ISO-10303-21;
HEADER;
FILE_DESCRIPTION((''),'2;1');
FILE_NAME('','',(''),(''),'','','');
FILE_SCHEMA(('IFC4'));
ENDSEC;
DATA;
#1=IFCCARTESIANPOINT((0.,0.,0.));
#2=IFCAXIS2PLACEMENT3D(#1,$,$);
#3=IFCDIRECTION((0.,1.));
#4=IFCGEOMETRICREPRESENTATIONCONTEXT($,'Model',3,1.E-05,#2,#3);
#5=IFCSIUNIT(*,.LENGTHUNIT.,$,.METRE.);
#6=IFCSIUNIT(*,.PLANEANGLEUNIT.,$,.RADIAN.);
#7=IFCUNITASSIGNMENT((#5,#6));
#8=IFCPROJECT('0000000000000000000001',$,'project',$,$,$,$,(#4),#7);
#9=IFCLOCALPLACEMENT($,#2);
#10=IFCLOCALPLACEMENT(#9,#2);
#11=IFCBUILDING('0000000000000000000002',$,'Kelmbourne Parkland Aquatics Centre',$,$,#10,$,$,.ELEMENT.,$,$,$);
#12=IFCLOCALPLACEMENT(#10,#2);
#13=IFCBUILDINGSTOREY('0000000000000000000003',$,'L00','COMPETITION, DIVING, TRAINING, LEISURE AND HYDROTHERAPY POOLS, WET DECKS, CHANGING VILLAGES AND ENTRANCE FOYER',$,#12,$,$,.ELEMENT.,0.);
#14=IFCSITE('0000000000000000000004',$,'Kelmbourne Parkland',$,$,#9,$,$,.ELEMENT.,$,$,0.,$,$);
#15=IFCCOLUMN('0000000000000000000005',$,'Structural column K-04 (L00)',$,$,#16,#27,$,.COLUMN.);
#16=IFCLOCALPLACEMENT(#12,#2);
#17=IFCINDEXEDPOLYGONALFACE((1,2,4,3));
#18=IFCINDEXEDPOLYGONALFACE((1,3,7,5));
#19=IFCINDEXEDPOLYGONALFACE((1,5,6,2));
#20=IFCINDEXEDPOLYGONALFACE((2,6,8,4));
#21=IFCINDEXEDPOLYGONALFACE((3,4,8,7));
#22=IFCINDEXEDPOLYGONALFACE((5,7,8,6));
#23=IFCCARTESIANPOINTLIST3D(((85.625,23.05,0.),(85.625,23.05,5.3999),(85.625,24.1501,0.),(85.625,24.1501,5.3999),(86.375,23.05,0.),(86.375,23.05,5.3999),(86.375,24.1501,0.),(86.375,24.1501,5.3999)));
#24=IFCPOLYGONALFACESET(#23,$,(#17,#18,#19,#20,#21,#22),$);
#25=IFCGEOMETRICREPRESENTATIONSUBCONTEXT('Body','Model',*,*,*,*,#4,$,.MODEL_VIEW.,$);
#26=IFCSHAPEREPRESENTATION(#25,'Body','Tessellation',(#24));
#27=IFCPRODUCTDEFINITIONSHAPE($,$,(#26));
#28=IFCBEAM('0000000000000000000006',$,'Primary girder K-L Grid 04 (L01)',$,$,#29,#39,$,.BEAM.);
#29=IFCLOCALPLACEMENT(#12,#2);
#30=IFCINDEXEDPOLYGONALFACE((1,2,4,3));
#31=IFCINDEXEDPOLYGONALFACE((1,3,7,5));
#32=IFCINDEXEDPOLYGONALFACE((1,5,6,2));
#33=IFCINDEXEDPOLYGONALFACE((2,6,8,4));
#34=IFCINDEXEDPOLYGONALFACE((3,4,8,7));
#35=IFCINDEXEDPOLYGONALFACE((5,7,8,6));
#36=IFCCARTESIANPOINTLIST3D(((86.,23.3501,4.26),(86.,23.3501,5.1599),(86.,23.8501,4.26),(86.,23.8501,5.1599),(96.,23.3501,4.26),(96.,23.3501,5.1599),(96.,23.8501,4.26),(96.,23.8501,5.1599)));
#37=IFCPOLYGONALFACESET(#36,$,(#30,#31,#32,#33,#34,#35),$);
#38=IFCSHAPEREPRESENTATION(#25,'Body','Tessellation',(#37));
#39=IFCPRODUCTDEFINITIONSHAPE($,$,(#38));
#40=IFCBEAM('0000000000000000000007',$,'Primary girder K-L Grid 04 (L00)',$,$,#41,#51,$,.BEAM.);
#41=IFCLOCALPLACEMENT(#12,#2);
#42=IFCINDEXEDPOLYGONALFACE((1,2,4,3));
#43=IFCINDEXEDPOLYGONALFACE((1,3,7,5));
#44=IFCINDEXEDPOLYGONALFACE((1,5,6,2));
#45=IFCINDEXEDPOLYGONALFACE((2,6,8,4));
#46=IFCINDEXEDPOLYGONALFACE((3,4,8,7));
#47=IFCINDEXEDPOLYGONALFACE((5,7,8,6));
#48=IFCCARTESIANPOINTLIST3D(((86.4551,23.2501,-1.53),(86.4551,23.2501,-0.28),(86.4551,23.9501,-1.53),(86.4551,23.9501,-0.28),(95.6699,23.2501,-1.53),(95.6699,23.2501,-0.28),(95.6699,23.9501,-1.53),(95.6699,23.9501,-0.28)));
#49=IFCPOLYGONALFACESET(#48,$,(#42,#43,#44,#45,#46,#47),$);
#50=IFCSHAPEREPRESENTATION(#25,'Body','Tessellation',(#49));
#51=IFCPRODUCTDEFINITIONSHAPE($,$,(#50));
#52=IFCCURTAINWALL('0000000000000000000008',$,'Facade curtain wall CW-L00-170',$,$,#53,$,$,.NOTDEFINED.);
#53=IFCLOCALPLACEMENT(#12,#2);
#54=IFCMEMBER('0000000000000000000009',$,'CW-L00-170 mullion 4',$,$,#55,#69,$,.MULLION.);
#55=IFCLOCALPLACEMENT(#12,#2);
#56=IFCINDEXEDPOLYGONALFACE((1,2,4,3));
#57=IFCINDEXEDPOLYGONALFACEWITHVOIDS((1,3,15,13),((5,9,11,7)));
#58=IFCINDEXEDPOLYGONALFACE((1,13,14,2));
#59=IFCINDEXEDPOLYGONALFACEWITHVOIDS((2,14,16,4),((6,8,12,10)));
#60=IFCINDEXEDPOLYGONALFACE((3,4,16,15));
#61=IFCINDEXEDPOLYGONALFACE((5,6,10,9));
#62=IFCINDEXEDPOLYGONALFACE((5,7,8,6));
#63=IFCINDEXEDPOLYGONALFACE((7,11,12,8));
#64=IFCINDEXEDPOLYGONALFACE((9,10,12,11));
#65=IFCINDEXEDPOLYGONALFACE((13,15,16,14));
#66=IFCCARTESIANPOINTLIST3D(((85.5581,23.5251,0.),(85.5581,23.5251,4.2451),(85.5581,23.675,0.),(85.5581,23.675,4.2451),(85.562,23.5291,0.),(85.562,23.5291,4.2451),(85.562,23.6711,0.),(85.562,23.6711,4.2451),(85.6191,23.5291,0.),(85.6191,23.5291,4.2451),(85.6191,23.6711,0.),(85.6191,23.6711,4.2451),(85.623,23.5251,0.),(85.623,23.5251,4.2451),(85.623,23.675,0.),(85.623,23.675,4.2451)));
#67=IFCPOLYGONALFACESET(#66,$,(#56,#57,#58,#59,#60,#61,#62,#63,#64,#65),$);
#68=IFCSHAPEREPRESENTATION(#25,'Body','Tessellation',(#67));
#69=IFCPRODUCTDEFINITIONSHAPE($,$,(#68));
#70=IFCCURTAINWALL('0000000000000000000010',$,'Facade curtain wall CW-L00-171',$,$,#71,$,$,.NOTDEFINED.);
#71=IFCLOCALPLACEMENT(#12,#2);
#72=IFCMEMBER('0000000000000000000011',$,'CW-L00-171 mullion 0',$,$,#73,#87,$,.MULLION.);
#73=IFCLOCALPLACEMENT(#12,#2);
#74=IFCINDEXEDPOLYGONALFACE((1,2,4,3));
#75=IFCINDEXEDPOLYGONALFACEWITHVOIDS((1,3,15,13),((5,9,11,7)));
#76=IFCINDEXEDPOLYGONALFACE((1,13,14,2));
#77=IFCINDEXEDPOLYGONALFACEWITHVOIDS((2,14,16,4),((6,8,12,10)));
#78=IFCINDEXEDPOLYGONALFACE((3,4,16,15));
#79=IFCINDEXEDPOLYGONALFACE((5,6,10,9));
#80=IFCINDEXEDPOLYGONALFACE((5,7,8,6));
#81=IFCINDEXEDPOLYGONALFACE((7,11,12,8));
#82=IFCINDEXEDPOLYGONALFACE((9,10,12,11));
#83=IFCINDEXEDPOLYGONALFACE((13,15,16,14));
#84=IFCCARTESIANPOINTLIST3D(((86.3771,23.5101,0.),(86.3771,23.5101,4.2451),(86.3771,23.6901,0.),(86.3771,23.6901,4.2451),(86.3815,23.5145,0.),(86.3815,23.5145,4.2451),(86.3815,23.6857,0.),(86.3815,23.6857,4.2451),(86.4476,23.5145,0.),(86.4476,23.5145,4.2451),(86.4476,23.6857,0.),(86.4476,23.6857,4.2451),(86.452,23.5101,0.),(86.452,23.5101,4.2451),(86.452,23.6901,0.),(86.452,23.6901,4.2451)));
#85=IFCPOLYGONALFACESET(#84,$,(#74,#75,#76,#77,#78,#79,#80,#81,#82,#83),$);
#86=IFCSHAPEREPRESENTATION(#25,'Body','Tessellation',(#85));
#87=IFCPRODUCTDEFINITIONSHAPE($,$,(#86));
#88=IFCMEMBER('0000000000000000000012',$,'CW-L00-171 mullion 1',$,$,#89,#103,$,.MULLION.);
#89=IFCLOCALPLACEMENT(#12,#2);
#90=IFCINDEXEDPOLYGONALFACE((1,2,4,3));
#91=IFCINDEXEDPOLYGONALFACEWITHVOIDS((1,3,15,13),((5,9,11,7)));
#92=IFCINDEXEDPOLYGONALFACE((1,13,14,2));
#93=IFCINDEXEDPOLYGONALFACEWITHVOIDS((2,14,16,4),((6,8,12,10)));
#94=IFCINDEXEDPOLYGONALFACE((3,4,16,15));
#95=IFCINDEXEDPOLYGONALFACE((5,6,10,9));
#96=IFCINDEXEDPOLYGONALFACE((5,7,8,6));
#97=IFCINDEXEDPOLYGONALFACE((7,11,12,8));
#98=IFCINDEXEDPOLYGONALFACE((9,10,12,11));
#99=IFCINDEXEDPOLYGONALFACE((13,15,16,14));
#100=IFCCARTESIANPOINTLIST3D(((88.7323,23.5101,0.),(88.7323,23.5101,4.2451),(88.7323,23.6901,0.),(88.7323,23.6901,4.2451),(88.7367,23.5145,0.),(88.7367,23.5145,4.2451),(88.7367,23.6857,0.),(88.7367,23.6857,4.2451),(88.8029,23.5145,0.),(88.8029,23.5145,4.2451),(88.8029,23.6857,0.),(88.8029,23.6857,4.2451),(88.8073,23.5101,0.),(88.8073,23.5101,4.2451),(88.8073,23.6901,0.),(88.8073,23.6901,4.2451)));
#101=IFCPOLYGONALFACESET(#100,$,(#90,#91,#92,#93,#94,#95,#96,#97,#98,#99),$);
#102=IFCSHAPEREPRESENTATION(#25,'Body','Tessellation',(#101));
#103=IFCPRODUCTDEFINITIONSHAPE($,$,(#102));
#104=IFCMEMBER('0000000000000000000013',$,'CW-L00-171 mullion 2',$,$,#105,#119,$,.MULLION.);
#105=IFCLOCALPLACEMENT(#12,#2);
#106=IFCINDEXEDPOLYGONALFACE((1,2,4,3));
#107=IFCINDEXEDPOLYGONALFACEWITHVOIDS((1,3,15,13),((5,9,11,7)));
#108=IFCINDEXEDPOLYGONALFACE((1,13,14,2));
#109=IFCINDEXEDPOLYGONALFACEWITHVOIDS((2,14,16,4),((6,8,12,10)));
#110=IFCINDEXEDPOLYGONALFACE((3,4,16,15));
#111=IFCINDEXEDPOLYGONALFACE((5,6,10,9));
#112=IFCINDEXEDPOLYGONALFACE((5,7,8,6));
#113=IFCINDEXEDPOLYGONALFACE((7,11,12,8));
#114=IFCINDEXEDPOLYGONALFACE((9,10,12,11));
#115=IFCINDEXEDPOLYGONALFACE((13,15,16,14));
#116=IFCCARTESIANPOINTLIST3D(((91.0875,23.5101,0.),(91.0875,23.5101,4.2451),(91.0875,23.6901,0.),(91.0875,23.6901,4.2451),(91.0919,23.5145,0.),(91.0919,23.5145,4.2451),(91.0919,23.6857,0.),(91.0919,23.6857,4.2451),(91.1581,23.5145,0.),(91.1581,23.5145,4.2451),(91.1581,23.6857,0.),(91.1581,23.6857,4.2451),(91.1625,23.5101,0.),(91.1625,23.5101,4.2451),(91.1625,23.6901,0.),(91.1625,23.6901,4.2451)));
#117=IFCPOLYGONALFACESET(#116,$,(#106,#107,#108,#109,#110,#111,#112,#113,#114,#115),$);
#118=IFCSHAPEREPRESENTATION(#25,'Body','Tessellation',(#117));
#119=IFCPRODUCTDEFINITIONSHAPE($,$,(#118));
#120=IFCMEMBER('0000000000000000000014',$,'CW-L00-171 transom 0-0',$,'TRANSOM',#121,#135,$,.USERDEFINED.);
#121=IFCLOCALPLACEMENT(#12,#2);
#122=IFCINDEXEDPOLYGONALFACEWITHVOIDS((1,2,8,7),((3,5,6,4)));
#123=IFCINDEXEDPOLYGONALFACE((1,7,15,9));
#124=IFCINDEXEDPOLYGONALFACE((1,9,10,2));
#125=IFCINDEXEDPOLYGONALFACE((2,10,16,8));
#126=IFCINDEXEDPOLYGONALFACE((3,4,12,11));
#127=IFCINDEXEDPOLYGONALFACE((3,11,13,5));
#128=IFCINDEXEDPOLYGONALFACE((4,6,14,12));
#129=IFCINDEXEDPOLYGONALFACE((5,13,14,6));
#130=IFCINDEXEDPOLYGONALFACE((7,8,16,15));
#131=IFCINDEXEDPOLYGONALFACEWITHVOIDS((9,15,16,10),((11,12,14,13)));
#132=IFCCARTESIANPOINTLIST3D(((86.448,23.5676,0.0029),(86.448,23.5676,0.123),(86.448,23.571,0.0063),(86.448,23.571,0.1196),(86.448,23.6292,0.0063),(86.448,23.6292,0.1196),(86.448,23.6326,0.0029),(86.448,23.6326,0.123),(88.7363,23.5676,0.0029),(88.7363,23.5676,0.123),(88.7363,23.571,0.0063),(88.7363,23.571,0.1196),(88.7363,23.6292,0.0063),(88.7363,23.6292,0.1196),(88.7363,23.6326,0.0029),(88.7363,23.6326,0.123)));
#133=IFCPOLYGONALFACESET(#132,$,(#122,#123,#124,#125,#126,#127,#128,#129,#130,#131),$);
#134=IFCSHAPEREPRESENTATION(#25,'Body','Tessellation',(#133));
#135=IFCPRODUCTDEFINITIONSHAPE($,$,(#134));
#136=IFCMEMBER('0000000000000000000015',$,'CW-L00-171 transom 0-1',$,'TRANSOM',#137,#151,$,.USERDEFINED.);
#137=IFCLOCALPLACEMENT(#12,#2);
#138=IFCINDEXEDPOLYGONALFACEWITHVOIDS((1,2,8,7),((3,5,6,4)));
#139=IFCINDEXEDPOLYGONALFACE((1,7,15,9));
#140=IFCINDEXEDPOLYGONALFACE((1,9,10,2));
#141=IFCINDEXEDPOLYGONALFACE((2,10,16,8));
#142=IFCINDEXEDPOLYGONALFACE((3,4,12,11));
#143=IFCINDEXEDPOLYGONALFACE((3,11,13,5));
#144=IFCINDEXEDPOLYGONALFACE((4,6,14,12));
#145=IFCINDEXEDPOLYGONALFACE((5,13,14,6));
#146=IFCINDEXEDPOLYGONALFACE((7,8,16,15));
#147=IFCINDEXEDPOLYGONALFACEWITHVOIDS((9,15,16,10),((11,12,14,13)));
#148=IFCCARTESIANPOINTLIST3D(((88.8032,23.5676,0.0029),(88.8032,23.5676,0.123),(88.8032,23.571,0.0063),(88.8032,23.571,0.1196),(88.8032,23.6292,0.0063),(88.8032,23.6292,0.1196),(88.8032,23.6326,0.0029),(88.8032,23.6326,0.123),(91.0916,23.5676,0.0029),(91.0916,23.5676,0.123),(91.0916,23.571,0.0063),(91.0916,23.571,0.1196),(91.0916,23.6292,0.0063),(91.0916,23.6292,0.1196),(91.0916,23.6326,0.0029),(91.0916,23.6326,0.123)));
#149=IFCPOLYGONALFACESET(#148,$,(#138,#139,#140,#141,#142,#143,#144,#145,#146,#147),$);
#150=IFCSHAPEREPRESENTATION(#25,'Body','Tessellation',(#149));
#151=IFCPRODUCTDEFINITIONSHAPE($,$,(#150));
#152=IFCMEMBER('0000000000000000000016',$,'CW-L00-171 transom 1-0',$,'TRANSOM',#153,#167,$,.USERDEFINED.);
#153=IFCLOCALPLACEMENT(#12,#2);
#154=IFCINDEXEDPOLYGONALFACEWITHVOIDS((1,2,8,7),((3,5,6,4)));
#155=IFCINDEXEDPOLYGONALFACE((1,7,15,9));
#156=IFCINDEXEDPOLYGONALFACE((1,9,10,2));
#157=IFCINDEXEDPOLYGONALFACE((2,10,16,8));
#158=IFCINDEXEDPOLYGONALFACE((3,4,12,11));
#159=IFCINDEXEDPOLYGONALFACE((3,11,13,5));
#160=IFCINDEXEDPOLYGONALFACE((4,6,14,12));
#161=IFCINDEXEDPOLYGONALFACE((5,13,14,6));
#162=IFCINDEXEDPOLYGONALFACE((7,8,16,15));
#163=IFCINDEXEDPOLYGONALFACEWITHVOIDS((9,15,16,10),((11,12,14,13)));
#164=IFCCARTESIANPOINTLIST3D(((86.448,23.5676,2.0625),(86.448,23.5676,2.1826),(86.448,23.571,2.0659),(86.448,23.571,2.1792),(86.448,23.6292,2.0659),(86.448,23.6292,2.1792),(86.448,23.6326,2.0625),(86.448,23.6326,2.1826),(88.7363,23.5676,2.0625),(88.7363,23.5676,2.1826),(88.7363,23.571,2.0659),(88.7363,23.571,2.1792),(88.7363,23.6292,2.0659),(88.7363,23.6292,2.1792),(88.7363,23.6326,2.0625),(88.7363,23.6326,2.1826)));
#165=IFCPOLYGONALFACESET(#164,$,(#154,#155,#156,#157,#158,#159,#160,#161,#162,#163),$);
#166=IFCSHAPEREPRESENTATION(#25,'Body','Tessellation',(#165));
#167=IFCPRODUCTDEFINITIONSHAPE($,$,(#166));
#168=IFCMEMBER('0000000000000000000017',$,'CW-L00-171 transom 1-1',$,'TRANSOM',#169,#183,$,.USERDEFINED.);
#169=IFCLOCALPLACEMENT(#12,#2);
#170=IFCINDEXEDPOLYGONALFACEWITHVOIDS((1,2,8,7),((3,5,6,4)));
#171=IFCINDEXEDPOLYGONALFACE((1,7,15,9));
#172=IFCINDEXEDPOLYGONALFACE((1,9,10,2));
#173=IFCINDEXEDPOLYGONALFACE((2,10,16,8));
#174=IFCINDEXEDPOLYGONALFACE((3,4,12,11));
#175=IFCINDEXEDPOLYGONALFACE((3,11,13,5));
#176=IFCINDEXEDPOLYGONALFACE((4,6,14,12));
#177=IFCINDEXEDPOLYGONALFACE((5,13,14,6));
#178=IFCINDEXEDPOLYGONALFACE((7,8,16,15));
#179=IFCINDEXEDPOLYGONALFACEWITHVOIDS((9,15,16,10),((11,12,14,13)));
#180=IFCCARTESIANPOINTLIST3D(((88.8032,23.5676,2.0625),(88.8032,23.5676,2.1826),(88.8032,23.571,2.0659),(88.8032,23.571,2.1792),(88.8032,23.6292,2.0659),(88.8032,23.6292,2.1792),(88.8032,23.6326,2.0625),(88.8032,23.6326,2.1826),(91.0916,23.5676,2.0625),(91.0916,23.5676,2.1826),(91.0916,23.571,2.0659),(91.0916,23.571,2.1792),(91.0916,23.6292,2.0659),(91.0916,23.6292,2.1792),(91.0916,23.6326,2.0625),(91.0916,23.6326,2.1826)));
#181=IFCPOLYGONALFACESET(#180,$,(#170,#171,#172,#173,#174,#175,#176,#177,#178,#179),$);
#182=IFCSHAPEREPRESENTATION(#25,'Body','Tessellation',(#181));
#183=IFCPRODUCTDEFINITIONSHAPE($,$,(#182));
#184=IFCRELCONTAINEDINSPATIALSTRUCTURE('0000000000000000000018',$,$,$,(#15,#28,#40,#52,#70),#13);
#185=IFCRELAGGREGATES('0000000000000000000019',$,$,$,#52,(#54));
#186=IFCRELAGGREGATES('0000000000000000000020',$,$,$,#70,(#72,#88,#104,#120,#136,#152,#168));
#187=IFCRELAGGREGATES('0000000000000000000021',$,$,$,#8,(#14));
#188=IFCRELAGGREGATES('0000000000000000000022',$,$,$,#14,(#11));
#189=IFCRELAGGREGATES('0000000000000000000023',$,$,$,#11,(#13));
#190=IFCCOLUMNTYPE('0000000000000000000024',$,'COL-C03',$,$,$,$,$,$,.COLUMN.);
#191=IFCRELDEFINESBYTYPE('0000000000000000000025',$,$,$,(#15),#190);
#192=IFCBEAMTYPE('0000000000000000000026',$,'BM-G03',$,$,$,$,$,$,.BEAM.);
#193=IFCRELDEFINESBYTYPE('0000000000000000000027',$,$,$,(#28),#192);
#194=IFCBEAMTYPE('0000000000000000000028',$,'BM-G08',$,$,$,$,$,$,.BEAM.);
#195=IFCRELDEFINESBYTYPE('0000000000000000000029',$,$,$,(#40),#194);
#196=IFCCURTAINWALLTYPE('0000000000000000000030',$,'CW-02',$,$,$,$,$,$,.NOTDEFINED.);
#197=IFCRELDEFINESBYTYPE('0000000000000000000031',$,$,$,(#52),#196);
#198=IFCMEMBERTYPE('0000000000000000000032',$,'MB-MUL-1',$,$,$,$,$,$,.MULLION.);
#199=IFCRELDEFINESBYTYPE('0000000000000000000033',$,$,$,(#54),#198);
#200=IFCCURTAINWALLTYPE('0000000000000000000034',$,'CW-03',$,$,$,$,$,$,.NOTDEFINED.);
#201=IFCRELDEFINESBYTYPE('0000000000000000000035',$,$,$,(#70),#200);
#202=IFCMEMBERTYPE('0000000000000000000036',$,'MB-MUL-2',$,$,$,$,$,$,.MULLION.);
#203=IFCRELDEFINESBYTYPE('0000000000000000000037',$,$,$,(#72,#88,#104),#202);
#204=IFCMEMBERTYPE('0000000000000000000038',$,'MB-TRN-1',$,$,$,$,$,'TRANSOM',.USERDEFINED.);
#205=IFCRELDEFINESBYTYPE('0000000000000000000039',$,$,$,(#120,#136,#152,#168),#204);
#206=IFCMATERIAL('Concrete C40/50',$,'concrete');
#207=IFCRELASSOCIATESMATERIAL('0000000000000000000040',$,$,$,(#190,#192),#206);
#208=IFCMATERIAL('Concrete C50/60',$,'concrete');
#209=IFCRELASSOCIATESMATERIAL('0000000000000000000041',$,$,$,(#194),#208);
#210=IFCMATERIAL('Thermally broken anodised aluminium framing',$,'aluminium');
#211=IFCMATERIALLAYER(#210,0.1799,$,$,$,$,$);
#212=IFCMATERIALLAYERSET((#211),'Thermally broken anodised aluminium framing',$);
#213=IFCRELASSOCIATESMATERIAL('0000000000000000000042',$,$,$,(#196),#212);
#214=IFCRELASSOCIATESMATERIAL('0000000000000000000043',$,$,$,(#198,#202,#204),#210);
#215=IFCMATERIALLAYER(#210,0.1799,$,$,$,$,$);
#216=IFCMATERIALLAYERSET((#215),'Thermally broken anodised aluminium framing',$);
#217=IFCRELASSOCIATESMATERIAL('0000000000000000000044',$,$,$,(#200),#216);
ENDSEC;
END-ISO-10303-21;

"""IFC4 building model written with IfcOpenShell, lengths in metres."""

from ifc_helpers import new_model, si_unit, direction, frame, origin, origin_2d, place, context, subcontext, project, spatial, rectangle, hollow_rectangle, extrude, material, layer, layer_set, material_profile, profile_set, type_object, element, aggregate, save


model = new_model("IFC4")

# Units and contexts
model_context = context("Model", 3, precision=1e-05, world=origin(), true_north=direction((0.0, 1.0)))
body_context = subcontext(model_context, "Body", "Model", "MODEL_VIEW")
ifc_project = project(units=[si_unit("LENGTHUNIT", "METRE"), si_unit("PLANEANGLEUNIT", "RADIAN")], contexts=[model_context])

# Site, building, storey
site_placement = place(None, origin())
site = spatial("IfcSite", under=ifc_project, at=site_placement, Name="Kelmbourne Parkland", CompositionType="ELEMENT", RefElevation=0.0)
building_placement = place(site_placement, origin())
building = spatial("IfcBuilding", under=site, at=building_placement, Name="Kelmbourne Parkland Aquatics Centre", CompositionType="ELEMENT")
storey_placement = place(building_placement, origin())
storey = spatial("IfcBuildingStorey", under=building, at=storey_placement, Name="L00", Description="COMPETITION, DIVING, TRAINING, LEISURE AND HYDROTHERAPY POOLS, WET DECKS, CHANGING VILLAGES AND ENTRANCE FOYER", CompositionType="ELEMENT", Elevation=0.0)

# Column
ifc_material_1 = material(Name="Concrete C40/50", Category="concrete")
ifc_material_profile_1 = material_profile(ifc_material_1, rectangle(XDim=0.75, YDim=1.1001, at=origin_2d()), Name="RC 750x1100")
ifc_profile_set_1 = profile_set([ifc_material_profile_1], Name="Concrete C40/50")
column_type = type_object("IfcColumnType", Name="COL-C03", PredefinedType="COLUMN", material=ifc_profile_set_1)
column_placement = place(storey_placement, frame((86.0, 23.6001, 0.0), z_axis=(0.0, 0.0, 1.0), x_axis=(1.0, 0.0, 0.0)))
element("IfcColumn", 1, at=column_placement, inside=storey, type_object=column_type, Name="Structural column K-04 (L00)", PredefinedType="COLUMN", context=body_context, shape_type="SweptSolid", body=[
    extrude(rectangle(XDim=0.75, YDim=1.1001, at=origin_2d()), origin(), (0.0, 0.0, 1.0), 5.3999),
])

# Beams
ifc_material_profile_2 = material_profile(ifc_material_1, rectangle(XDim=0.5, YDim=0.8999, at=origin_2d()), Name="RC 500x900")
ifc_profile_set_2 = profile_set([ifc_material_profile_2], Name="Concrete C40/50")
beam_type_1 = type_object("IfcBeamType", Name="BM-G03", PredefinedType="BEAM", material=ifc_profile_set_2)
beam_1_placement = place(storey_placement, frame((86.0, 23.6001, 4.71), z_axis=(1.0, 0.0, 0.0), x_axis=(0.0, 1.0, 0.0)))
element("IfcBeam", 2, at=beam_1_placement, inside=storey, type_object=beam_type_1, Name="Primary girder K-L Grid 04 (L01)", PredefinedType="BEAM", context=body_context, shape_type="SweptSolid", body=[
    extrude(rectangle(XDim=0.5, YDim=0.8999, at=origin_2d()), origin(), (0.0, 0.0, 1.0), 10.0),
])
ifc_material_2 = material(Name="Concrete C50/60", Category="concrete")
ifc_material_profile_3 = material_profile(ifc_material_2, rectangle(XDim=0.7, YDim=1.25, at=origin_2d()), Name="RC 700x1250")
ifc_profile_set_3 = profile_set([ifc_material_profile_3], Name="Concrete C50/60")
beam_type_2 = type_object("IfcBeamType", Name="BM-G08", PredefinedType="BEAM", material=ifc_profile_set_3)
beam_2_placement = place(storey_placement, frame((86.4551, 23.6001, -0.905), z_axis=(1.0, 0.0, 0.0), x_axis=(0.0, 1.0, 0.0)))
element("IfcBeam", 3, at=beam_2_placement, inside=storey, type_object=beam_type_2, Name="Primary girder K-L Grid 04 (L00)", PredefinedType="BEAM", context=body_context, shape_type="SweptSolid", body=[
    extrude(rectangle(XDim=0.7, YDim=1.25, at=origin_2d()), origin(), (0.0, 0.0, 1.0), 9.2148),
])

# Curtain wall, member
ifc_material_3 = material(Name="Thermally broken anodised aluminium framing", Category="aluminium")
ifc_layer_1 = layer(ifc_material_3, 0.1799)
ifc_layer_set_1 = layer_set([ifc_layer_1], Name="Thermally broken anodised aluminium framing")
curtain_wall_type_1 = type_object("IfcCurtainWallType", Name="CW-02", PredefinedType="NOTDEFINED", material=ifc_layer_set_1)
curtain_wall_1_placement = place(storey_placement, origin())
curtain_wall_1 = element("IfcCurtainWall", 4, at=curtain_wall_1_placement, inside=storey, type_object=curtain_wall_type_1, Name="Facade curtain wall CW-L00-170", PredefinedType="NOTDEFINED")
ifc_material_profile_4 = material_profile(ifc_material_3, hollow_rectangle(XDim=0.0649, YDim=0.1499, WallThickness=0.0039, at=origin_2d()), Name="CW-M 65x150")
ifc_profile_set_4 = profile_set([ifc_material_profile_4], Name="Thermally broken anodised aluminium framing")
member_type_1 = type_object("IfcMemberType", Name="MB-MUL-1", PredefinedType="MULLION", material=ifc_profile_set_4)
member_1_placement = place(storey_placement, frame((85.5906, 23.6001, 0.0), z_axis=(0.0, 0.0, 1.0), x_axis=(1.0, 0.0, 0.0)))
member_1 = element("IfcMember", 5, at=member_1_placement, type_object=member_type_1, Name="CW-L00-170 mullion 4", PredefinedType="MULLION", context=body_context, shape_type="SweptSolid", body=[
    extrude(hollow_rectangle(XDim=0.0649, YDim=0.1499, WallThickness=0.0039, at=origin_2d()), origin(), (0.0, 0.0, 1.0), 4.2451),
])

# Curtain wall, members
ifc_layer_2 = layer(ifc_material_3, 0.1799)
ifc_layer_set_2 = layer_set([ifc_layer_2], Name="Thermally broken anodised aluminium framing")
curtain_wall_type_2 = type_object("IfcCurtainWallType", Name="CW-03", PredefinedType="NOTDEFINED", material=ifc_layer_set_2)
curtain_wall_2_placement = place(storey_placement, origin())
curtain_wall_2 = element("IfcCurtainWall", 6, at=curtain_wall_2_placement, inside=storey, type_object=curtain_wall_type_2, Name="Facade curtain wall CW-L00-171", PredefinedType="NOTDEFINED")
ifc_material_profile_5 = material_profile(ifc_material_3, hollow_rectangle(XDim=0.075, YDim=0.1799, WallThickness=0.0044, at=origin_2d()), Name="CW-M 75x180")
ifc_profile_set_5 = profile_set([ifc_material_profile_5], Name="Thermally broken anodised aluminium framing")
member_type_2 = type_object("IfcMemberType", Name="MB-MUL-2", PredefinedType="MULLION", material=ifc_profile_set_5)
member_2_placement = place(storey_placement, frame((86.4146, 23.6001, 0.0), z_axis=(0.0, 0.0, 1.0), x_axis=(1.0, 0.0, 0.0)))
member_2 = element("IfcMember", 7, at=member_2_placement, type_object=member_type_2, Name="CW-L00-171 mullion 0", PredefinedType="MULLION", context=body_context, shape_type="SweptSolid", body=[
    extrude(hollow_rectangle(XDim=0.075, YDim=0.1799, WallThickness=0.0044, at=origin_2d()), origin(), (0.0, 0.0, 1.0), 4.2451),
])
member_3_placement = place(storey_placement, frame((88.7698, 23.6001, 0.0), z_axis=(0.0, 0.0, 1.0), x_axis=(1.0, 0.0, 0.0)))
member_3 = element("IfcMember", 8, at=member_3_placement, type_object=member_type_2, Name="CW-L00-171 mullion 1", PredefinedType="MULLION", context=body_context, shape_type="SweptSolid", body=[
    extrude(hollow_rectangle(XDim=0.075, YDim=0.1799, WallThickness=0.0044, at=origin_2d()), origin(), (0.0, 0.0, 1.0), 4.2451),
])
member_4_placement = place(storey_placement, frame((91.125, 23.6001, 0.0), z_axis=(0.0, 0.0, 1.0), x_axis=(1.0, 0.0, 0.0)))
member_4 = element("IfcMember", 9, at=member_4_placement, type_object=member_type_2, Name="CW-L00-171 mullion 2", PredefinedType="MULLION", context=body_context, shape_type="SweptSolid", body=[
    extrude(hollow_rectangle(XDim=0.075, YDim=0.1799, WallThickness=0.0044, at=origin_2d()), origin(), (0.0, 0.0, 1.0), 4.2451),
])
ifc_material_profile_6 = material_profile(ifc_material_3, hollow_rectangle(XDim=0.0649, YDim=0.1201, WallThickness=0.0034, at=origin_2d()), Name="CW-T 65x120")
ifc_profile_set_6 = profile_set([ifc_material_profile_6], Name="Thermally broken anodised aluminium framing")
member_type_3 = type_object("IfcMemberType", Name="MB-TRN-1", ElementType="TRANSOM", PredefinedType="USERDEFINED", material=ifc_profile_set_6)
member_5_placement = place(storey_placement, frame((86.448, 23.6001, 0.063), z_axis=(1.0, 0.0, 0.0), x_axis=(0.0, 1.0, 0.0)))
member_5 = element("IfcMember", 10, at=member_5_placement, type_object=member_type_3, Name="CW-L00-171 transom 0-0", ObjectType="TRANSOM", PredefinedType="USERDEFINED", context=body_context, shape_type="SweptSolid", body=[
    extrude(hollow_rectangle(XDim=0.0649, YDim=0.1201, WallThickness=0.0034, at=origin_2d()), origin(), (0.0, 0.0, 1.0), 2.2883),
])
member_6_placement = place(storey_placement, frame((88.8032, 23.6001, 0.063), z_axis=(1.0, 0.0, 0.0), x_axis=(0.0, 1.0, 0.0)))
member_6 = element("IfcMember", 11, at=member_6_placement, type_object=member_type_3, Name="CW-L00-171 transom 0-1", ObjectType="TRANSOM", PredefinedType="USERDEFINED", context=body_context, shape_type="SweptSolid", body=[
    extrude(hollow_rectangle(XDim=0.0649, YDim=0.1201, WallThickness=0.0034, at=origin_2d()), origin(), (0.0, 0.0, 1.0), 2.2883),
])
member_7_placement = place(storey_placement, frame((86.448, 23.6001, 2.1226), z_axis=(1.0, 0.0, 0.0), x_axis=(0.0, 1.0, 0.0)))
member_7 = element("IfcMember", 12, at=member_7_placement, type_object=member_type_3, Name="CW-L00-171 transom 1-0", ObjectType="TRANSOM", PredefinedType="USERDEFINED", context=body_context, shape_type="SweptSolid", body=[
    extrude(hollow_rectangle(XDim=0.0649, YDim=0.1201, WallThickness=0.0034, at=origin_2d()), origin(), (0.0, 0.0, 1.0), 2.2883),
])
member_8_placement = place(storey_placement, frame((88.8032, 23.6001, 2.1226), z_axis=(1.0, 0.0, 0.0), x_axis=(0.0, 1.0, 0.0)))
member_8 = element("IfcMember", 13, at=member_8_placement, type_object=member_type_3, Name="CW-L00-171 transom 1-1", ObjectType="TRANSOM", PredefinedType="USERDEFINED", context=body_context, shape_type="SweptSolid", body=[
    extrude(hollow_rectangle(XDim=0.0649, YDim=0.1201, WallThickness=0.0034, at=origin_2d()), origin(), (0.0, 0.0, 1.0), 2.2883),
])

aggregate(curtain_wall_1, [member_1])
aggregate(curtain_wall_2, [member_2, member_3, member_4, member_5, member_6, member_7, member_8])

save(model, "model.ifc")
